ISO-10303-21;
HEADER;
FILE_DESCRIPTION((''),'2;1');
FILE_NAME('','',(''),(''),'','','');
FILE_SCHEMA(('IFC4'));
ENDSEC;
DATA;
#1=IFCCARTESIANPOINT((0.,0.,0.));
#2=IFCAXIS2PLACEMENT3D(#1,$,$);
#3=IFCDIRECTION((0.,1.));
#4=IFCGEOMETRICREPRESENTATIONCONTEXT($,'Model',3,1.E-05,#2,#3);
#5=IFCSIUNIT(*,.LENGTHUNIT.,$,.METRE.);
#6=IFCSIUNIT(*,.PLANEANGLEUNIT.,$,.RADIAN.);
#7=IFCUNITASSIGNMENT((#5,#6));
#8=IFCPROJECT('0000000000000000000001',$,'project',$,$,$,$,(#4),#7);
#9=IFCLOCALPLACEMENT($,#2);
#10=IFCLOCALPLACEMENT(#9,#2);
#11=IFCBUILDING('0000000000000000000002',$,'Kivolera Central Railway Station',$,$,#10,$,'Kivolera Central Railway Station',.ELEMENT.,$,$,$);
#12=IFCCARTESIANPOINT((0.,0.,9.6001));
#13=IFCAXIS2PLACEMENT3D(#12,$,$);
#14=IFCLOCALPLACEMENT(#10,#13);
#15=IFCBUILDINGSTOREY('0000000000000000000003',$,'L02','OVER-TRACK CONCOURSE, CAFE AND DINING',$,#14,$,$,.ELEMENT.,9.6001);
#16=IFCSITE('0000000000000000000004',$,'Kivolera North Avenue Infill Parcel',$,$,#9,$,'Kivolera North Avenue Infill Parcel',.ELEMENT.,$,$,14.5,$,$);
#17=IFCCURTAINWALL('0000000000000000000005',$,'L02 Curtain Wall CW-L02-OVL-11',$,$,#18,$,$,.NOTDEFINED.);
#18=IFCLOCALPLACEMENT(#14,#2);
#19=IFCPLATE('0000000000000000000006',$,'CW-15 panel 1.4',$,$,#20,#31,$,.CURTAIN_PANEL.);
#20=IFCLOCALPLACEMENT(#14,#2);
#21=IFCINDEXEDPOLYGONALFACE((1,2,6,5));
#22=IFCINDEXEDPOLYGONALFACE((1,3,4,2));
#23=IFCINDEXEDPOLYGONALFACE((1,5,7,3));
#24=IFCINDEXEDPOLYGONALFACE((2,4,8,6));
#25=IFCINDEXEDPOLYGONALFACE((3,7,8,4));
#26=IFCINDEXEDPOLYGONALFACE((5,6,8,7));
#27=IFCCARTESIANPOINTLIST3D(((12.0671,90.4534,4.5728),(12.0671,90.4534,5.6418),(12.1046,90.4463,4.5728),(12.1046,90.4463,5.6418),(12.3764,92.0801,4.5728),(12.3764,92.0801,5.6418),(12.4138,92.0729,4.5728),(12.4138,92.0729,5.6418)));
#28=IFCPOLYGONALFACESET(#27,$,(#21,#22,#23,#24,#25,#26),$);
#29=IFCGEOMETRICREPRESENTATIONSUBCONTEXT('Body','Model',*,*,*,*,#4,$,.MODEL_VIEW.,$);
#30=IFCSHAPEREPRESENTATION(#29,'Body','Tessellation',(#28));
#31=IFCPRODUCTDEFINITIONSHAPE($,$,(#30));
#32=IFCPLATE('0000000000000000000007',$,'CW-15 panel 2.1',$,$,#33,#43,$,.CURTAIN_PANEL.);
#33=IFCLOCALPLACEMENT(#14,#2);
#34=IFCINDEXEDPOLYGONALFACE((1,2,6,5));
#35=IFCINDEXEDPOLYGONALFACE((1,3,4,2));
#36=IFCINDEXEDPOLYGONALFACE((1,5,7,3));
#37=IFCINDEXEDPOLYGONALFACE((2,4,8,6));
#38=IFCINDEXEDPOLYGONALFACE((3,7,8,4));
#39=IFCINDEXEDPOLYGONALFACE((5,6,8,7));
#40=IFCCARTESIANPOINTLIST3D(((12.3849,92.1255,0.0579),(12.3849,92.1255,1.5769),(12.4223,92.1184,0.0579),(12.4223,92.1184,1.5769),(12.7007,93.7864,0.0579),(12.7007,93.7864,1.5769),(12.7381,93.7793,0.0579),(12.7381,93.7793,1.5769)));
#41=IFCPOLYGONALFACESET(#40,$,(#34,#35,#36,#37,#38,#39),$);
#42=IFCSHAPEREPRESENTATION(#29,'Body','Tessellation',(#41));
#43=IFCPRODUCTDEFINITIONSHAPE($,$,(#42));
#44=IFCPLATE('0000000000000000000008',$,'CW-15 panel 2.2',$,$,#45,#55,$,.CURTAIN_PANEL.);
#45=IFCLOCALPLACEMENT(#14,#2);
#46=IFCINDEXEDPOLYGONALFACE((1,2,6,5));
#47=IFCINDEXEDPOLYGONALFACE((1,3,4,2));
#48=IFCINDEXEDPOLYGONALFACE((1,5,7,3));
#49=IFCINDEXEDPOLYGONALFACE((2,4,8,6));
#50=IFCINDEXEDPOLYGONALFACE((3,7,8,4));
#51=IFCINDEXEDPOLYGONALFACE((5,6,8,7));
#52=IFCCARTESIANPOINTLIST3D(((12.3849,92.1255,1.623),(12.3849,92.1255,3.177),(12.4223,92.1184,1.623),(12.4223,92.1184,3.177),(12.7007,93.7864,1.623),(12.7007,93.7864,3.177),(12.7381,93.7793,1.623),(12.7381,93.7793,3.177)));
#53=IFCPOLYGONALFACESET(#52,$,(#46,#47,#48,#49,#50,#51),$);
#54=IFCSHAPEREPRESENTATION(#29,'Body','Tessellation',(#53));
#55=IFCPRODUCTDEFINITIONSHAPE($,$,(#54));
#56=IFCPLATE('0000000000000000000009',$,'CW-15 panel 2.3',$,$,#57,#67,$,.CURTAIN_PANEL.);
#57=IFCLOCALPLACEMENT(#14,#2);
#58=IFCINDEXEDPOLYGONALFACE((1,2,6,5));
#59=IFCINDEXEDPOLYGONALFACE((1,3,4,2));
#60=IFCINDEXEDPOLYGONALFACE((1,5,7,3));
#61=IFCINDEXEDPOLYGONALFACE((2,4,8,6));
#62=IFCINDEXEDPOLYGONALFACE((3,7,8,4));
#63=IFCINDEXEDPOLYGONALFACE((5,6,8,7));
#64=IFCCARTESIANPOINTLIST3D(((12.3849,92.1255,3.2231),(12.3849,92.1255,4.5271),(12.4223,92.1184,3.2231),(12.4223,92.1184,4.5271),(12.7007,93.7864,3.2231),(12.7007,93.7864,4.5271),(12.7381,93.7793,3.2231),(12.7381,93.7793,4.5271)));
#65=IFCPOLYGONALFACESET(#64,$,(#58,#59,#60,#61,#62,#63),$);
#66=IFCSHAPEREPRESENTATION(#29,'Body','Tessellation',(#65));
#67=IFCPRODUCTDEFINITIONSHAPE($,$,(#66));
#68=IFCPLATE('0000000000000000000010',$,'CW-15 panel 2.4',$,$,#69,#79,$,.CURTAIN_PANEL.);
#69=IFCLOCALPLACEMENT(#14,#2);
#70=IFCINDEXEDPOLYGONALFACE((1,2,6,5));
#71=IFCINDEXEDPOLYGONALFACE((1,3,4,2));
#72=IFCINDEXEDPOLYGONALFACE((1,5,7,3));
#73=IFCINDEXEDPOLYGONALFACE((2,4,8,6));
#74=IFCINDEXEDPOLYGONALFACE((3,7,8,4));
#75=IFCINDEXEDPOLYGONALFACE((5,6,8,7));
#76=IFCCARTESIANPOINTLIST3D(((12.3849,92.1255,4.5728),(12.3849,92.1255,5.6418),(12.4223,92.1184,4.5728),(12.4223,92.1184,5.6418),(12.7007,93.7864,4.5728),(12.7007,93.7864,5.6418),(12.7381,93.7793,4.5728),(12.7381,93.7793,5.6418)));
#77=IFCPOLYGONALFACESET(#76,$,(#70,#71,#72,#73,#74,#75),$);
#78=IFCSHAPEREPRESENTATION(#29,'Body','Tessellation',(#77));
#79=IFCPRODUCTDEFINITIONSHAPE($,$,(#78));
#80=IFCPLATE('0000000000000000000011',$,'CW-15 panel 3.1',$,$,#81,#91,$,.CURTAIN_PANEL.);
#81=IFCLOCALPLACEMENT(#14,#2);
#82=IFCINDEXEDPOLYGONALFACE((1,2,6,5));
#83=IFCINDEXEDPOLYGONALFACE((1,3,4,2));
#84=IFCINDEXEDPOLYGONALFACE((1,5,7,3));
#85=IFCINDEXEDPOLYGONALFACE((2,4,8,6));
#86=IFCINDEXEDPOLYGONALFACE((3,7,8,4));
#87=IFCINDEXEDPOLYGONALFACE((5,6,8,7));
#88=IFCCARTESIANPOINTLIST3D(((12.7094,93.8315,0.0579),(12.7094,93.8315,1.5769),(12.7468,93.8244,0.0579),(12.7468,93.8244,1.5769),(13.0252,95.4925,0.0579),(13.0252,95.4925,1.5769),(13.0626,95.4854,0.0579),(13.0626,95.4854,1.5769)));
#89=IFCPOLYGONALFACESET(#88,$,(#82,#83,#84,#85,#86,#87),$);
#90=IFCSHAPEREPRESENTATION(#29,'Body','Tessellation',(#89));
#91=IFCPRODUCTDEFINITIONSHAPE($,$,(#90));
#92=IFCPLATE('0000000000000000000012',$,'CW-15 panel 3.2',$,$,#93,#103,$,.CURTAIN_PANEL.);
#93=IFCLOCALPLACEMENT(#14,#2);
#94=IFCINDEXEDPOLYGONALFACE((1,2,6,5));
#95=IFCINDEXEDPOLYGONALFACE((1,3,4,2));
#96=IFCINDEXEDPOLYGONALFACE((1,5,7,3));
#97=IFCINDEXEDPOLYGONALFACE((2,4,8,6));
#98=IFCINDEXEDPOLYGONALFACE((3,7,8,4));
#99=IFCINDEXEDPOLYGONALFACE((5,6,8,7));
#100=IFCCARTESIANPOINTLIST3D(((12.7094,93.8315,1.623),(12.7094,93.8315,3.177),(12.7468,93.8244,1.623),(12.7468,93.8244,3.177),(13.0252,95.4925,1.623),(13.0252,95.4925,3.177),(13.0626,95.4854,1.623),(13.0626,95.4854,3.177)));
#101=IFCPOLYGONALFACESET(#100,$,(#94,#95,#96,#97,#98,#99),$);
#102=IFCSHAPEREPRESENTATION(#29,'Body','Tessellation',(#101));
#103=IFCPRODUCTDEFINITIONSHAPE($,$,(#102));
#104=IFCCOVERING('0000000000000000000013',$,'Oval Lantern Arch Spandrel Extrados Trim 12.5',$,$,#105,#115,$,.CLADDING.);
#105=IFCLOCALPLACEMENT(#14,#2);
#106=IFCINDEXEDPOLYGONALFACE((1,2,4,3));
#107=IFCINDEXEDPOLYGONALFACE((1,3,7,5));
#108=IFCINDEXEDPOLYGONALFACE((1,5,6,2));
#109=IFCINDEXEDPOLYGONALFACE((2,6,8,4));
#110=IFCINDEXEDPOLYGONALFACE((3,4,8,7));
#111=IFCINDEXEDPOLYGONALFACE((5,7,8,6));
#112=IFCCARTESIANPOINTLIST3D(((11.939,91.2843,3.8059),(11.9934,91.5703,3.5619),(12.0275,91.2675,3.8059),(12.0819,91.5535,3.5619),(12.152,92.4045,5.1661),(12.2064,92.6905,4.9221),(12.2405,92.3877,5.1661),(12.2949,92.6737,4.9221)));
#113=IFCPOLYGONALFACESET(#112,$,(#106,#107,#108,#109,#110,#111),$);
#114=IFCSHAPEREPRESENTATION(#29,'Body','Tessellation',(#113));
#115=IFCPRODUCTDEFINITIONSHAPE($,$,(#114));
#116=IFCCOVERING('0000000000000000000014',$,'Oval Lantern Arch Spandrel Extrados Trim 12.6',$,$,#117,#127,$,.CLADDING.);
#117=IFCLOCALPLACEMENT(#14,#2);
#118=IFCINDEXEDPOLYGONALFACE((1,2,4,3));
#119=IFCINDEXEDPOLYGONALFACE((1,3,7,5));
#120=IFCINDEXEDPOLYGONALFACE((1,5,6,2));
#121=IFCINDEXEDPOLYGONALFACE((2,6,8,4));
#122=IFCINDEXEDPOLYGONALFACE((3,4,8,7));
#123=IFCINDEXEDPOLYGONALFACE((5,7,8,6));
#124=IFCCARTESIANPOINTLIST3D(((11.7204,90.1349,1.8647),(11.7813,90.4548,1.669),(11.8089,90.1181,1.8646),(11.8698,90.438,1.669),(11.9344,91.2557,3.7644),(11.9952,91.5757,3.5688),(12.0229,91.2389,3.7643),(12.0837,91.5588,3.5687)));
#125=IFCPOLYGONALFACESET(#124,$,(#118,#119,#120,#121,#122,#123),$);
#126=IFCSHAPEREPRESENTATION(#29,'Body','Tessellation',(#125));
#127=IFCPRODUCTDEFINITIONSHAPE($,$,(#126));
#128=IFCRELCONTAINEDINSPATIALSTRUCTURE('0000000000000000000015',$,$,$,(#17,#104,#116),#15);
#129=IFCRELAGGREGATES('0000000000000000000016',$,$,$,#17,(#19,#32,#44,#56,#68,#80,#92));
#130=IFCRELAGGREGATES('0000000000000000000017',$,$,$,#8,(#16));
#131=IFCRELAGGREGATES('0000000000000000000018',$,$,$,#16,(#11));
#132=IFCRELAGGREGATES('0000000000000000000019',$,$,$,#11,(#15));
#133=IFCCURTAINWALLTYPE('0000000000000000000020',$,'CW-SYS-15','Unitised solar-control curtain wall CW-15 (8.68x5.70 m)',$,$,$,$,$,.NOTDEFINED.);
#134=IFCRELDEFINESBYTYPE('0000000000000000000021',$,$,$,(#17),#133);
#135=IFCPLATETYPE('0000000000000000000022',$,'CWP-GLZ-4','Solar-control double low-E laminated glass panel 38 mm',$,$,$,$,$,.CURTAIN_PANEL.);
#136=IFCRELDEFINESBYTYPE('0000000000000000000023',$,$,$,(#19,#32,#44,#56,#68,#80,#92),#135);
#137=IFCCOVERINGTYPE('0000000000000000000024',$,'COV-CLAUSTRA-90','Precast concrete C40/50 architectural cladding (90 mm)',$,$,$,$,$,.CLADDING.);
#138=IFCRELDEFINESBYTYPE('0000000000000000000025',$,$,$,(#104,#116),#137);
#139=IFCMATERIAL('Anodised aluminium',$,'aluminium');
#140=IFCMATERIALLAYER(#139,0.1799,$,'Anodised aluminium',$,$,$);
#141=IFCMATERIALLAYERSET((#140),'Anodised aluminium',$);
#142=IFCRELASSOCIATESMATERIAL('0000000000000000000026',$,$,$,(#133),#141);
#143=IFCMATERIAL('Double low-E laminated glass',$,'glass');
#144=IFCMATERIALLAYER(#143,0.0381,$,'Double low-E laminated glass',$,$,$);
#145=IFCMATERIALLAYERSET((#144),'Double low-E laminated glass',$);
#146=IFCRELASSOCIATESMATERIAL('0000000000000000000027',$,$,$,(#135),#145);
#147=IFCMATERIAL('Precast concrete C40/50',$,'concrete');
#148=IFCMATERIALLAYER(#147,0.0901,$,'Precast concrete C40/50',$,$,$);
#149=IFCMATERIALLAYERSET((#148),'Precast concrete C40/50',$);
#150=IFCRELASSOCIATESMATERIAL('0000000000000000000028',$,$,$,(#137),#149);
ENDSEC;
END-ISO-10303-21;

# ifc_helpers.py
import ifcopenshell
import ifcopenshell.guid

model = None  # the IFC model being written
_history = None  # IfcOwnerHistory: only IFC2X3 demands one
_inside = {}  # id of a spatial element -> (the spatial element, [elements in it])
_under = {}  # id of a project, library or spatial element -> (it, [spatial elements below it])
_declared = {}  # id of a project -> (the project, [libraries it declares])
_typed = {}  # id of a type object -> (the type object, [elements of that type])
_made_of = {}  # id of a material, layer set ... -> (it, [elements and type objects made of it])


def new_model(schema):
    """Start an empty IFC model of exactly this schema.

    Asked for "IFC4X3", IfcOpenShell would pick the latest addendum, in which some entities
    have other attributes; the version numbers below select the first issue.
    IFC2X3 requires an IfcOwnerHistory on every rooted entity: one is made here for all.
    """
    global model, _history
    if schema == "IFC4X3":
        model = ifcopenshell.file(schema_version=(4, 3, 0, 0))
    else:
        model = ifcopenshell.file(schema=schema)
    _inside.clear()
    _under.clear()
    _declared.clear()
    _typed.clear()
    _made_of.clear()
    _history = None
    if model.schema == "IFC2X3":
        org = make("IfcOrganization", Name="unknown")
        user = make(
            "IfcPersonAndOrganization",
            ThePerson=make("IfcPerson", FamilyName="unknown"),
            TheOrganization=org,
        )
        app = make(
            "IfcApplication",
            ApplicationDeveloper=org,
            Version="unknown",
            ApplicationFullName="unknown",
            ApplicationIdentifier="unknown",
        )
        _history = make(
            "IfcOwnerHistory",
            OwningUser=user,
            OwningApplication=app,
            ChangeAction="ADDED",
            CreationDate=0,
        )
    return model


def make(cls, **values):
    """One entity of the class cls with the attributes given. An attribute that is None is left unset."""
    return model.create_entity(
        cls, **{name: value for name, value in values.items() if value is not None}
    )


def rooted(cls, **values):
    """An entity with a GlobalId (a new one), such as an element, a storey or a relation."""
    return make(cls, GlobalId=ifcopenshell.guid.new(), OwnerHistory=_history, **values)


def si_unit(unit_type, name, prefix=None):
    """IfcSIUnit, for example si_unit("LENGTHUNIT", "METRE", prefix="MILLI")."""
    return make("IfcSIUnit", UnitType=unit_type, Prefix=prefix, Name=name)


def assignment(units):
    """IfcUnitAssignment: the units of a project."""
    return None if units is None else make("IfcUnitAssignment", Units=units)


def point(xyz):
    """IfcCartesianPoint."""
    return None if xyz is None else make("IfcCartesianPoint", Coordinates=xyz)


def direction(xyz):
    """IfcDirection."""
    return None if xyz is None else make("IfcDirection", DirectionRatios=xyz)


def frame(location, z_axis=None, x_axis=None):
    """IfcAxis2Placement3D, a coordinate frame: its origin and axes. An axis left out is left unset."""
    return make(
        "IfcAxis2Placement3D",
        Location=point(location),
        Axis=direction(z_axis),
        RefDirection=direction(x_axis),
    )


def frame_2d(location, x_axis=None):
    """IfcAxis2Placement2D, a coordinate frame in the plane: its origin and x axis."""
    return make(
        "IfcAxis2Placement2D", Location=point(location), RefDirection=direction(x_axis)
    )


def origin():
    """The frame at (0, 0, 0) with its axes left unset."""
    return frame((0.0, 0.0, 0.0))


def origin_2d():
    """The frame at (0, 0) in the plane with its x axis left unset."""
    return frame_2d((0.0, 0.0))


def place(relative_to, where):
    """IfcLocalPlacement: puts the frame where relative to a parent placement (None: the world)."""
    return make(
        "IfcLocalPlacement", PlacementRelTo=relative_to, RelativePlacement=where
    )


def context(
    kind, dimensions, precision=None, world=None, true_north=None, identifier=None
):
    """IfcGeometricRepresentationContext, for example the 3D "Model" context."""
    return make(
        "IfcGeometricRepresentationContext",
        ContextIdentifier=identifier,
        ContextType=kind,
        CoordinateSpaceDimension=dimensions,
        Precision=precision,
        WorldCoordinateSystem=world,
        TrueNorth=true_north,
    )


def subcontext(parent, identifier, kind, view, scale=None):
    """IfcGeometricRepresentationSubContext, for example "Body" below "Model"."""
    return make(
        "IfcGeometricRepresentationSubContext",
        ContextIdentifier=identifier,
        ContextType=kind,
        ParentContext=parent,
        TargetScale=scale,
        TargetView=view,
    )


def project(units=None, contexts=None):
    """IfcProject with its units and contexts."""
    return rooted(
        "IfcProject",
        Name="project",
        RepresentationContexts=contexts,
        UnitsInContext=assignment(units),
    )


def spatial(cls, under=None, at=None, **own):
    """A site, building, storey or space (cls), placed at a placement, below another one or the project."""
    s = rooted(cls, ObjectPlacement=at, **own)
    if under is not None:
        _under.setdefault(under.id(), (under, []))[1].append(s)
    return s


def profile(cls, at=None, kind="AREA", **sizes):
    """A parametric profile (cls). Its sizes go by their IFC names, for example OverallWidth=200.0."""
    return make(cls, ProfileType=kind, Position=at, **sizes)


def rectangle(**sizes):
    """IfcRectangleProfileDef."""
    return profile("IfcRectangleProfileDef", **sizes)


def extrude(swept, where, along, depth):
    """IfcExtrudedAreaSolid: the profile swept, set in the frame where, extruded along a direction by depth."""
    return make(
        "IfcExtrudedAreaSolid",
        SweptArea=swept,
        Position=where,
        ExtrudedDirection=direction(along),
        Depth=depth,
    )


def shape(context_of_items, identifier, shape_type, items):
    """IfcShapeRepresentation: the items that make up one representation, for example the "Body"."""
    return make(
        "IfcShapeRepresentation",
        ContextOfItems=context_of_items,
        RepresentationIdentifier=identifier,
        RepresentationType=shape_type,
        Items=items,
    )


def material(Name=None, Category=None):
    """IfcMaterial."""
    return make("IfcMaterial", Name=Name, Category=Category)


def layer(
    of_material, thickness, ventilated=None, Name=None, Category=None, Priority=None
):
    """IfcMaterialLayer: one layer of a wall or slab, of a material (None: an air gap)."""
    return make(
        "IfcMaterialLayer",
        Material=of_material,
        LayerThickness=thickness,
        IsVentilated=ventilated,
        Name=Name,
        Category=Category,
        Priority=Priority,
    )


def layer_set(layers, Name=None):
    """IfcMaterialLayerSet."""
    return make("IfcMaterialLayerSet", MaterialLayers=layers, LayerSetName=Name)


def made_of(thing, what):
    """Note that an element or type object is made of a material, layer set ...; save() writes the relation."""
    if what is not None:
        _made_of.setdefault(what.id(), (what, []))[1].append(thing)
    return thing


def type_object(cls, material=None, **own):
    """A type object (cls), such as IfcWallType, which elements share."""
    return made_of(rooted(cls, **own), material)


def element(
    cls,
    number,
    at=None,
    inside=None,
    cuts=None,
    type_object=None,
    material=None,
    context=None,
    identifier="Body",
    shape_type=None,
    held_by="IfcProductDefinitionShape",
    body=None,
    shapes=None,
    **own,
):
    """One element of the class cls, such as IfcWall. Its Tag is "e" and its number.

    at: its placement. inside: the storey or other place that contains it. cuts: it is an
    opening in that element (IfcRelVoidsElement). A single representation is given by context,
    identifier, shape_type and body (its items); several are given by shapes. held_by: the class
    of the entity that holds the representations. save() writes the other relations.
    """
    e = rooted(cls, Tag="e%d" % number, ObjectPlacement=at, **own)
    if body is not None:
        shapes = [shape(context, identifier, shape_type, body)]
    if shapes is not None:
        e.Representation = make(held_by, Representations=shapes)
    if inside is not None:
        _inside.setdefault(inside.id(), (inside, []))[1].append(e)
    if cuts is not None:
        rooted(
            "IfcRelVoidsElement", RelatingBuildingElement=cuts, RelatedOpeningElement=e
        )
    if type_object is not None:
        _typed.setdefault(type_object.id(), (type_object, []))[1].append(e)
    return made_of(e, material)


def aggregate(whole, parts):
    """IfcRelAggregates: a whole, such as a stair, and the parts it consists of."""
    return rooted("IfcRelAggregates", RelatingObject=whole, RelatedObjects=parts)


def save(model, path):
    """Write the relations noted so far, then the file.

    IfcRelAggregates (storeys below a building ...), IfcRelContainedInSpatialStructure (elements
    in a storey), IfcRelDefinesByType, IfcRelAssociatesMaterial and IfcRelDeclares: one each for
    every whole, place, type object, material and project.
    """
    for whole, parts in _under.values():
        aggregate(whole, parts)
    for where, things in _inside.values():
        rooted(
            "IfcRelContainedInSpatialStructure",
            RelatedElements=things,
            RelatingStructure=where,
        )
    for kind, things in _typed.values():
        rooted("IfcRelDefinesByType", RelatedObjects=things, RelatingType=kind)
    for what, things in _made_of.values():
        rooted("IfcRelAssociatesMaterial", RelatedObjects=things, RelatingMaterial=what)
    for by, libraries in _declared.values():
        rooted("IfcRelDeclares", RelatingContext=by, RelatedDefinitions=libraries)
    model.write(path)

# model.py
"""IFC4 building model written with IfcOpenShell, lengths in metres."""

from ifc_helpers import new_model, si_unit, direction, frame, origin, origin_2d, place, context, subcontext, project, spatial, rectangle, extrude, material, layer, layer_set, type_object, element, aggregate, save


model = new_model("IFC4")

# Units and contexts
model_context = context("Model", 3, precision=1e-05, world=origin(), true_north=direction((0.0, 1.0)))
body_context = subcontext(model_context, "Body", "Model", "MODEL_VIEW")
ifc_project = project(units=[si_unit("LENGTHUNIT", "METRE"), si_unit("PLANEANGLEUNIT", "RADIAN")], contexts=[model_context])

# Site, building, storey
site_placement = place(None, origin())
site = spatial("IfcSite", under=ifc_project, at=site_placement, Name="Kivolera North Avenue Infill Parcel", LongName="Kivolera North Avenue Infill Parcel", CompositionType="ELEMENT", RefElevation=14.5)
building_placement = place(site_placement, origin())
building = spatial("IfcBuilding", under=site, at=building_placement, Name="Kivolera Central Railway Station", LongName="Kivolera Central Railway Station", CompositionType="ELEMENT")
storey_placement = place(building_placement, frame((0.0, 0.0, 9.6001)))
storey = spatial("IfcBuildingStorey", under=building, at=storey_placement, Name="L02", Description="OVER-TRACK CONCOURSE, CAFE AND DINING", CompositionType="ELEMENT", Elevation=9.6001)

# Curtain wall, plates
ifc_material_1 = material(Name="Anodised aluminium", Category="aluminium")
ifc_layer_1 = layer(ifc_material_1, 0.1799, Name="Anodised aluminium")
ifc_layer_set_1 = layer_set([ifc_layer_1], Name="Anodised aluminium")
curtain_wall_type = type_object("IfcCurtainWallType", Name="CW-SYS-15", Description="Unitised solar-control curtain wall CW-15 (8.68x5.70 m)", PredefinedType="NOTDEFINED", material=ifc_layer_set_1)
curtain_wall_placement = place(storey_placement, origin())
curtain_wall = element("IfcCurtainWall", 1, at=curtain_wall_placement, inside=storey, type_object=curtain_wall_type, Name="L02 Curtain Wall CW-L02-OVL-11", PredefinedType="NOTDEFINED")
ifc_material_2 = material(Name="Double low-E laminated glass", Category="glass")
ifc_layer_2 = layer(ifc_material_2, 0.0381, Name="Double low-E laminated glass")
ifc_layer_set_2 = layer_set([ifc_layer_2], Name="Double low-E laminated glass")
plate_type = type_object("IfcPlateType", Name="CWP-GLZ-4", Description="Solar-control double low-E laminated glass panel 38 mm", PredefinedType="CURTAIN_PANEL", material=ifc_layer_set_2)
plate_1_placement = place(storey_placement, frame((12.2405, 91.2632, 4.5728), z_axis=(0.0, 0.0, 1.0), x_axis=(0.186784, 0.982401, 0.0)))
plate_1 = element("IfcPlate", 2, at=plate_1_placement, type_object=plate_type, Name="CW-15 panel 1.4", PredefinedType="CURTAIN_PANEL", context=body_context, shape_type="SweptSolid", body=[
    extrude(rectangle(XDim=1.6558, YDim=0.0381, at=origin_2d()), origin(), (0.0, 0.0, 1.0), 1.0691),
])
plate_2_placement = place(storey_placement, frame((12.5615, 92.9524, 0.0579), z_axis=(0.0, 0.0, 1.0), x_axis=(0.186784, 0.982401, 0.0)))
plate_2 = element("IfcPlate", 3, at=plate_2_placement, type_object=plate_type, Name="CW-15 panel 2.1", PredefinedType="CURTAIN_PANEL", context=body_context, shape_type="SweptSolid", body=[
    extrude(rectangle(XDim=1.6907, YDim=0.0381, at=origin_2d()), origin(), (0.0, 0.0, 1.0), 1.519),
])
plate_3_placement = place(storey_placement, frame((12.5615, 92.9524, 1.623), z_axis=(0.0, 0.0, 1.0), x_axis=(0.186784, 0.982401, 0.0)))
plate_3 = element("IfcPlate", 4, at=plate_3_placement, type_object=plate_type, Name="CW-15 panel 2.2", PredefinedType="CURTAIN_PANEL", context=body_context, shape_type="SweptSolid", body=[
    extrude(rectangle(XDim=1.6907, YDim=0.0381, at=origin_2d()), origin(), (0.0, 0.0, 1.0), 1.554),
])
plate_4_placement = place(storey_placement, frame((12.5615, 92.9524, 3.2231), z_axis=(0.0, 0.0, 1.0), x_axis=(0.186784, 0.982401, 0.0)))
plate_4 = element("IfcPlate", 5, at=plate_4_placement, type_object=plate_type, Name="CW-15 panel 2.3", PredefinedType="CURTAIN_PANEL", context=body_context, shape_type="SweptSolid", body=[
    extrude(rectangle(XDim=1.6907, YDim=0.0381, at=origin_2d()), origin(), (0.0, 0.0, 1.0), 1.304),
])
plate_5_placement = place(storey_placement, frame((12.5615, 92.9524, 4.5728), z_axis=(0.0, 0.0, 1.0), x_axis=(0.186784, 0.982401, 0.0)))
plate_5 = element("IfcPlate", 6, at=plate_5_placement, type_object=plate_type, Name="CW-15 panel 2.4", PredefinedType="CURTAIN_PANEL", context=body_context, shape_type="SweptSolid", body=[
    extrude(rectangle(XDim=1.6907, YDim=0.0381, at=origin_2d()), origin(), (0.0, 0.0, 1.0), 1.0691),
])
plate_6_placement = place(storey_placement, frame((12.886, 94.6584, 0.0579), z_axis=(0.0, 0.0, 1.0), x_axis=(0.186784, 0.982401, 0.0)))
plate_6 = element("IfcPlate", 7, at=plate_6_placement, type_object=plate_type, Name="CW-15 panel 3.1", PredefinedType="CURTAIN_PANEL", context=body_context, shape_type="SweptSolid", body=[
    extrude(rectangle(XDim=1.6907, YDim=0.0381, at=origin_2d()), origin(), (0.0, 0.0, 1.0), 1.519),
])
plate_7_placement = place(storey_placement, frame((12.886, 94.6584, 1.623), z_axis=(0.0, 0.0, 1.0), x_axis=(0.186784, 0.982401, 0.0)))
plate_7 = element("IfcPlate", 8, at=plate_7_placement, type_object=plate_type, Name="CW-15 panel 3.2", PredefinedType="CURTAIN_PANEL", context=body_context, shape_type="SweptSolid", body=[
    extrude(rectangle(XDim=1.6907, YDim=0.0381, at=origin_2d()), origin(), (0.0, 0.0, 1.0), 1.554),
])
aggregate(curtain_wall, [plate_1, plate_2, plate_3, plate_4, plate_5, plate_6, plate_7])

# Coverings
ifc_material_3 = material(Name="Precast concrete C40/50", Category="concrete")
ifc_layer_3 = layer(ifc_material_3, 0.0901, Name="Precast concrete C40/50")
ifc_layer_set_3 = layer_set([ifc_layer_3], Name="Precast concrete C40/50")
covering_type = type_object("IfcCoveringType", Name="COV-CLAUSTRA-90", Description="Precast concrete C40/50 architectural cladding (90 mm)", PredefinedType="CLADDING", material=ifc_layer_set_3)
covering_1_placement = place(storey_placement, frame((12.1169, 91.979, 4.364), z_axis=(-0.120024, -0.631112, -0.76635), x_axis=(-0.98239, 0.186841, 0.0)))
element("IfcCovering", 9, at=covering_1_placement, inside=storey, type_object=covering_type, Name="Oval Lantern Arch Spandrel Extrados Trim 12.5", PredefinedType="CLADDING", context=body_context, shape_type="SweptSolid", body=[
    extrude(rectangle(XDim=0.0901, YDim=0.3799, at=origin_2d()), frame((0.0, 0.0, -0.8875)), (0.0, 0.0, 1.0), 1.7749),
])
covering_2_placement = place(storey_placement, frame((11.9021, 90.8469, 2.7168), z_axis=(-0.096553, -0.505775, -0.857245), x_axis=(-0.98239, 0.186841, 0.0)))
element("IfcCovering", 10, at=covering_2_placement, inside=storey, type_object=covering_type, Name="Oval Lantern Arch Spandrel Extrados Trim 12.6", PredefinedType="CLADDING", context=body_context, shape_type="SweptSolid", body=[
    extrude(rectangle(XDim=0.0901, YDim=0.3799, at=origin_2d()), frame((0.0, 0.0, -1.1079)), (0.0, 0.0, 1.0), 2.2161),
])

save(model, "model.ifc")
